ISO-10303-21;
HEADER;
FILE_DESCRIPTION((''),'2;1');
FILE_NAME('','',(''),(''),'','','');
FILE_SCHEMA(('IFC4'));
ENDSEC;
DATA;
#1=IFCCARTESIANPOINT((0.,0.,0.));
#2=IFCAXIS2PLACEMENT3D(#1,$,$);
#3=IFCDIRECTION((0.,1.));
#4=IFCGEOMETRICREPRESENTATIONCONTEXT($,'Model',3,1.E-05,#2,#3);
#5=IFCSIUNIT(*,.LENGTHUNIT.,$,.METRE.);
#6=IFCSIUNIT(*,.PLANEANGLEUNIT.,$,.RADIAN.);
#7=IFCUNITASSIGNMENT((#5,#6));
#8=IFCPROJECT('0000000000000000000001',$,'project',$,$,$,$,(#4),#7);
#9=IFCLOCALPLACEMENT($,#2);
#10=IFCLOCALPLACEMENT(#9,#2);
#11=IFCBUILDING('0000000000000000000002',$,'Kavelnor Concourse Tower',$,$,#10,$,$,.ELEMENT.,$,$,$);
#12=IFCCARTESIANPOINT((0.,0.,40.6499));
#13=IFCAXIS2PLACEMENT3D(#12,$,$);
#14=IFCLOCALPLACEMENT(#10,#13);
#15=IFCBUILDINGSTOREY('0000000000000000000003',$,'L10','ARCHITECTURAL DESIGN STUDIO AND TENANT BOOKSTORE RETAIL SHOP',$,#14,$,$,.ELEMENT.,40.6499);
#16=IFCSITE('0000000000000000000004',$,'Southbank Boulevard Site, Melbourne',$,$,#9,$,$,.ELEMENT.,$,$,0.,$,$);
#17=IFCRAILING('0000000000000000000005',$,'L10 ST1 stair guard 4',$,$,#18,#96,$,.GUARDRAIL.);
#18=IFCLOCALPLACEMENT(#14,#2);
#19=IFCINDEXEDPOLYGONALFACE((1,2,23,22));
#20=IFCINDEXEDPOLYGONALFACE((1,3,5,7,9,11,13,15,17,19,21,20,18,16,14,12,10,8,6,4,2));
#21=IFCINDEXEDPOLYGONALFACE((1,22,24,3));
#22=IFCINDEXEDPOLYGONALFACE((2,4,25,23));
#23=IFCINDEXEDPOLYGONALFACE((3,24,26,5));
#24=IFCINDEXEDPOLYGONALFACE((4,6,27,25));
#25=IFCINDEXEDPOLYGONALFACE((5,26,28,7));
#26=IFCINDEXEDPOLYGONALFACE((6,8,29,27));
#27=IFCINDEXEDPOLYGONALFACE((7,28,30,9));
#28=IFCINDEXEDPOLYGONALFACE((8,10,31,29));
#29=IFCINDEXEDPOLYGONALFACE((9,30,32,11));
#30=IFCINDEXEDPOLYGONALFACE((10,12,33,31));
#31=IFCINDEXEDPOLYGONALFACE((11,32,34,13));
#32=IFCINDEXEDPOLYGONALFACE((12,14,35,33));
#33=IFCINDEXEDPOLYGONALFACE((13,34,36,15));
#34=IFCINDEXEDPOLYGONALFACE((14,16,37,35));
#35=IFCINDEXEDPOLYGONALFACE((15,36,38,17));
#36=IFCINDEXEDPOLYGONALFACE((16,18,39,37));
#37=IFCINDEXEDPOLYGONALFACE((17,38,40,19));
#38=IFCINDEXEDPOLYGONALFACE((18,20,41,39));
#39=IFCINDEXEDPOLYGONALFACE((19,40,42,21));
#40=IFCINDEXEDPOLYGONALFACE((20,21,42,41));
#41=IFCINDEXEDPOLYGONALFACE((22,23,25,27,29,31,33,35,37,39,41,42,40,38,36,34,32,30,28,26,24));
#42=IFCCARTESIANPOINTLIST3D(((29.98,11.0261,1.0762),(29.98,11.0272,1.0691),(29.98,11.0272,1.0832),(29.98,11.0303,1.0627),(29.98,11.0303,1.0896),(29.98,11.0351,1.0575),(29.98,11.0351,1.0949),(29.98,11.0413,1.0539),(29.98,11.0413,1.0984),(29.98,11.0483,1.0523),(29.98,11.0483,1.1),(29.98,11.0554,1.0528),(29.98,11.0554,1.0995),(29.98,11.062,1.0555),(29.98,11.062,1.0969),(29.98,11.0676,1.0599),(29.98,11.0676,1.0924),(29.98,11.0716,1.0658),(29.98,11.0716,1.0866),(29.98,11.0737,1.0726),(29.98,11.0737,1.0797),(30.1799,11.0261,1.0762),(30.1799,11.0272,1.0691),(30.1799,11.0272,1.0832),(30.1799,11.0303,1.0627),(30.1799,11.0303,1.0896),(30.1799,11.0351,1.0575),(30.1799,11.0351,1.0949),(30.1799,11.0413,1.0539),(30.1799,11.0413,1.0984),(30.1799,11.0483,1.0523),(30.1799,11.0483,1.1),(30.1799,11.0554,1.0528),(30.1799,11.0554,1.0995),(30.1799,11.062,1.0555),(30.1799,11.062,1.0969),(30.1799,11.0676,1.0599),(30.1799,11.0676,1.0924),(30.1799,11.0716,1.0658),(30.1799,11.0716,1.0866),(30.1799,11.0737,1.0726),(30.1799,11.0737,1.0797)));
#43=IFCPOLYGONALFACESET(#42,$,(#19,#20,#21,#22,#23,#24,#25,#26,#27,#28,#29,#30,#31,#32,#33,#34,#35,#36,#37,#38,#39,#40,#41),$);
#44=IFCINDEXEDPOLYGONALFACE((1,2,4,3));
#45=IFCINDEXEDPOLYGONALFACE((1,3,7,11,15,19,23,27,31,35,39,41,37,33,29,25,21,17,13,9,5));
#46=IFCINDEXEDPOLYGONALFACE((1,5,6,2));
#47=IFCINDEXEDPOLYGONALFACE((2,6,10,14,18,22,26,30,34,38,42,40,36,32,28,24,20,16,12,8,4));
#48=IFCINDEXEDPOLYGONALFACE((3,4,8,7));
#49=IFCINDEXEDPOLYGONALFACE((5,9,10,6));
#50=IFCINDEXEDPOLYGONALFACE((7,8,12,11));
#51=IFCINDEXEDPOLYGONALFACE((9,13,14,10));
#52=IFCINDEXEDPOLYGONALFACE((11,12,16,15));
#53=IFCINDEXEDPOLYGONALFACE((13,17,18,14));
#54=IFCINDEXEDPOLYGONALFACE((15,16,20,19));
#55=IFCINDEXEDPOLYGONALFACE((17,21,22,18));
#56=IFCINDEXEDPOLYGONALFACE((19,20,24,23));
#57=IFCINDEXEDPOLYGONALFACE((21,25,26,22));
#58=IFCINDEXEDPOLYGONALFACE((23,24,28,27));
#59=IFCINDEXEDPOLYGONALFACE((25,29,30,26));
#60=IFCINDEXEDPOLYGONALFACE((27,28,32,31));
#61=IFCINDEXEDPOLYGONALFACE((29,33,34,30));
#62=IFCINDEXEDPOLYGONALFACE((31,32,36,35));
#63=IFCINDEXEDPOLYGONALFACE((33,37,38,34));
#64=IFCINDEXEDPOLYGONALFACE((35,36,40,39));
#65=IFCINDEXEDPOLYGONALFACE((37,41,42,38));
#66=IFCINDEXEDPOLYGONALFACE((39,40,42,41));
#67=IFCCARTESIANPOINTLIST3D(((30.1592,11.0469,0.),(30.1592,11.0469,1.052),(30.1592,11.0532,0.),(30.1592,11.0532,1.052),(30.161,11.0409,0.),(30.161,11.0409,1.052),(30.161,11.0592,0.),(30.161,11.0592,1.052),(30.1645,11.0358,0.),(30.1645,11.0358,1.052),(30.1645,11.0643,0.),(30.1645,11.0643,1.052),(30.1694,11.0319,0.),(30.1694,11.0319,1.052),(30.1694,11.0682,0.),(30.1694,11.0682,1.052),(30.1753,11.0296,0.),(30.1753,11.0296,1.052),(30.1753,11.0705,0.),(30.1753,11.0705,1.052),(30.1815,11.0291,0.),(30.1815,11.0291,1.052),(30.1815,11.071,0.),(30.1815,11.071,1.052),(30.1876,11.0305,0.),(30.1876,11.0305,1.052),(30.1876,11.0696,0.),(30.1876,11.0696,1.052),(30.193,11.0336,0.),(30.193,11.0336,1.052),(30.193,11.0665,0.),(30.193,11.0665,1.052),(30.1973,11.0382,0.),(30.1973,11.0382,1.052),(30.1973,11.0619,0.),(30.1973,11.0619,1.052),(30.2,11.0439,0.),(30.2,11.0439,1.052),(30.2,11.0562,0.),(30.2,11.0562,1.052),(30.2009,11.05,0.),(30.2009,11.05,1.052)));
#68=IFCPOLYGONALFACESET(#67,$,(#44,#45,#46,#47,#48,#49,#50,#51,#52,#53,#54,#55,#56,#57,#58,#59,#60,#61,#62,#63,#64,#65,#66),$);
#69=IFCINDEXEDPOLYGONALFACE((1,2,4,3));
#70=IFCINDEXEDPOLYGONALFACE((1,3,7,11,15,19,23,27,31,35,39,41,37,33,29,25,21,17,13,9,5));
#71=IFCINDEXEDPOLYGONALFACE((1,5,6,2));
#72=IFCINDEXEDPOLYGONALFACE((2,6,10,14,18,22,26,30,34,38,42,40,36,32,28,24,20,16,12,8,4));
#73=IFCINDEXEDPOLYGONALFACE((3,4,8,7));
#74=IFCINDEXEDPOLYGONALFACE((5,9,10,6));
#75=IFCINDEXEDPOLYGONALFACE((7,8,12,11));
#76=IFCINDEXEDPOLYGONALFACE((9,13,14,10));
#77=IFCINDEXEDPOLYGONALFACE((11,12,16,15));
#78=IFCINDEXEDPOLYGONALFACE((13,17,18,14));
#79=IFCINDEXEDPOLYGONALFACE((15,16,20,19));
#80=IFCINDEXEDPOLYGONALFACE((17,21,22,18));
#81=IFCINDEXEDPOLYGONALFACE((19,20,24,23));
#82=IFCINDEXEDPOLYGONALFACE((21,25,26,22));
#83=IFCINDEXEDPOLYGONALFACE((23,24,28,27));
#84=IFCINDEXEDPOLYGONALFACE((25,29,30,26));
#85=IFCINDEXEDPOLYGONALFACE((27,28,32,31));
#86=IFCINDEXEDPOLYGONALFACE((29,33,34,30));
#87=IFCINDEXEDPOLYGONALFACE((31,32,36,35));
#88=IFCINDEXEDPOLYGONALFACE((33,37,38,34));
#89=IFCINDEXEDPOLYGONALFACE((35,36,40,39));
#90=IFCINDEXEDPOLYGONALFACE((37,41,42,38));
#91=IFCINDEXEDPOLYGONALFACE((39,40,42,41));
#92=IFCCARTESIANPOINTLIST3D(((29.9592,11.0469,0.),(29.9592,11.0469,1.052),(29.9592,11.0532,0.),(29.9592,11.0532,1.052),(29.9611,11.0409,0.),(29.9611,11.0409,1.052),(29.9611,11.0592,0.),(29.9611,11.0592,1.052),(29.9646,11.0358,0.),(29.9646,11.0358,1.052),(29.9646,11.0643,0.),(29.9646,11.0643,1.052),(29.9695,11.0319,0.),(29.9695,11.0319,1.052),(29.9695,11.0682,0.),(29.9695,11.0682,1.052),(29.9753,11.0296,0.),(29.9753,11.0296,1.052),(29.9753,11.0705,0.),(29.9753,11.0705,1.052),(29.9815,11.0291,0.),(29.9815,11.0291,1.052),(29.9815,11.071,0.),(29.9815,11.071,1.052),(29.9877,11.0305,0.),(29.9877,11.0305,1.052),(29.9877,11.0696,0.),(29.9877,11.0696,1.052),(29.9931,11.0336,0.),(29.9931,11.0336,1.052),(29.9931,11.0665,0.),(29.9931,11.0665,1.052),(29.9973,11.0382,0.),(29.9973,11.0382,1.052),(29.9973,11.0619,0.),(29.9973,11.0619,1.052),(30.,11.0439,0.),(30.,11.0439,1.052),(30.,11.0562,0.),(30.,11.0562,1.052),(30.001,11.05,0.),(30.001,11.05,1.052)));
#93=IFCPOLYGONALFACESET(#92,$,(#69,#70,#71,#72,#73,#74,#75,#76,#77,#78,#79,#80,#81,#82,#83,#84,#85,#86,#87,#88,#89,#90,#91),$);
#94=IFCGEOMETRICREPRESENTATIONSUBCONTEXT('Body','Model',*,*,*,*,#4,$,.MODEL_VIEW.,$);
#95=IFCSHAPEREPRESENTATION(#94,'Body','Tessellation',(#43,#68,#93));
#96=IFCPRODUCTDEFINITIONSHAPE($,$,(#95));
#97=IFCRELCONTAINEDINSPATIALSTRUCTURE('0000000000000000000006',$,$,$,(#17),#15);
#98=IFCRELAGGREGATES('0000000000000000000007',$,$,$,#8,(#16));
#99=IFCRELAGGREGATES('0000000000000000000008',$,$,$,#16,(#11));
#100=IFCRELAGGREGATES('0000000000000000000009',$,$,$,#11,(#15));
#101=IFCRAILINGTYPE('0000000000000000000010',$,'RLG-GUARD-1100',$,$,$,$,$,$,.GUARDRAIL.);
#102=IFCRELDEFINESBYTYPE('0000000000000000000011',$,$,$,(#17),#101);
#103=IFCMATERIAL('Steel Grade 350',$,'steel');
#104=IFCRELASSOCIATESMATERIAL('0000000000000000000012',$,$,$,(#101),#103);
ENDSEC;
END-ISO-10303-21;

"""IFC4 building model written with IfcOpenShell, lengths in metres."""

from ifc_helpers import new_model, si_unit, direction, frame, origin, origin_2d, place, context, subcontext, project, spatial, circle, extrude, material, type_object, element, save


model = new_model("IFC4")

# Units and contexts
model_context = context("Model", 3, precision=1e-05, world=origin(), true_north=direction((0.0, 1.0)))
body_context = subcontext(model_context, "Body", "Model", "MODEL_VIEW")
ifc_project = project(units=[si_unit("LENGTHUNIT", "METRE"), si_unit("PLANEANGLEUNIT", "RADIAN")], contexts=[model_context])

# Site, building, storey
site_placement = place(None, origin())
site = spatial("IfcSite", under=ifc_project, at=site_placement, Name="Southbank Boulevard Site, Melbourne", CompositionType="ELEMENT", RefElevation=0.0)
building_placement = place(site_placement, origin())
building = spatial("IfcBuilding", under=site, at=building_placement, Name="Kavelnor Concourse Tower", CompositionType="ELEMENT")
storey_placement = place(building_placement, frame((0.0, 0.0, 40.6499)))
storey = spatial("IfcBuildingStorey", under=building, at=storey_placement, Name="L10", Description="ARCHITECTURAL DESIGN STUDIO AND TENANT BOOKSTORE RETAIL SHOP", CompositionType="ELEMENT", Elevation=40.6499)

# Shared definitions
ifc_material_1 = material(Name="Steel Grade 350", Category="steel")

# Railing
railing_type_1 = type_object("IfcRailingType", Name="RLG-GUARD-1100", PredefinedType="GUARDRAIL", material=ifc_material_1)
railing_1_placement = place(storey_placement, frame((30.1799, 11.05, 0.0)))
element("IfcRailing", 1, at=railing_1_placement, inside=storey, type_object=railing_type_1, Name="L10 ST1 stair guard 4", PredefinedType="GUARDRAIL", context=body_context, shape_type="SweptSolid", body=[
    extrude(circle(Radius=0.0239, at=origin_2d()), frame((0.0, 0.0, 1.0762), z_axis=(-1.0, 0.0, 0.0), x_axis=(0.0, -1.0, 0.0)), (0.0, 0.0, 1.0), 0.2),
    extrude(circle(Radius=0.021, at=origin_2d()), origin(), (0.0, 0.0, 1.0), 1.052),
    extrude(circle(Radius=0.021, at=origin_2d()), frame((-0.2, 0.0, 0.0)), (0.0, 0.0, 1.0), 1.052),
])

save(model, "model.ifc")
